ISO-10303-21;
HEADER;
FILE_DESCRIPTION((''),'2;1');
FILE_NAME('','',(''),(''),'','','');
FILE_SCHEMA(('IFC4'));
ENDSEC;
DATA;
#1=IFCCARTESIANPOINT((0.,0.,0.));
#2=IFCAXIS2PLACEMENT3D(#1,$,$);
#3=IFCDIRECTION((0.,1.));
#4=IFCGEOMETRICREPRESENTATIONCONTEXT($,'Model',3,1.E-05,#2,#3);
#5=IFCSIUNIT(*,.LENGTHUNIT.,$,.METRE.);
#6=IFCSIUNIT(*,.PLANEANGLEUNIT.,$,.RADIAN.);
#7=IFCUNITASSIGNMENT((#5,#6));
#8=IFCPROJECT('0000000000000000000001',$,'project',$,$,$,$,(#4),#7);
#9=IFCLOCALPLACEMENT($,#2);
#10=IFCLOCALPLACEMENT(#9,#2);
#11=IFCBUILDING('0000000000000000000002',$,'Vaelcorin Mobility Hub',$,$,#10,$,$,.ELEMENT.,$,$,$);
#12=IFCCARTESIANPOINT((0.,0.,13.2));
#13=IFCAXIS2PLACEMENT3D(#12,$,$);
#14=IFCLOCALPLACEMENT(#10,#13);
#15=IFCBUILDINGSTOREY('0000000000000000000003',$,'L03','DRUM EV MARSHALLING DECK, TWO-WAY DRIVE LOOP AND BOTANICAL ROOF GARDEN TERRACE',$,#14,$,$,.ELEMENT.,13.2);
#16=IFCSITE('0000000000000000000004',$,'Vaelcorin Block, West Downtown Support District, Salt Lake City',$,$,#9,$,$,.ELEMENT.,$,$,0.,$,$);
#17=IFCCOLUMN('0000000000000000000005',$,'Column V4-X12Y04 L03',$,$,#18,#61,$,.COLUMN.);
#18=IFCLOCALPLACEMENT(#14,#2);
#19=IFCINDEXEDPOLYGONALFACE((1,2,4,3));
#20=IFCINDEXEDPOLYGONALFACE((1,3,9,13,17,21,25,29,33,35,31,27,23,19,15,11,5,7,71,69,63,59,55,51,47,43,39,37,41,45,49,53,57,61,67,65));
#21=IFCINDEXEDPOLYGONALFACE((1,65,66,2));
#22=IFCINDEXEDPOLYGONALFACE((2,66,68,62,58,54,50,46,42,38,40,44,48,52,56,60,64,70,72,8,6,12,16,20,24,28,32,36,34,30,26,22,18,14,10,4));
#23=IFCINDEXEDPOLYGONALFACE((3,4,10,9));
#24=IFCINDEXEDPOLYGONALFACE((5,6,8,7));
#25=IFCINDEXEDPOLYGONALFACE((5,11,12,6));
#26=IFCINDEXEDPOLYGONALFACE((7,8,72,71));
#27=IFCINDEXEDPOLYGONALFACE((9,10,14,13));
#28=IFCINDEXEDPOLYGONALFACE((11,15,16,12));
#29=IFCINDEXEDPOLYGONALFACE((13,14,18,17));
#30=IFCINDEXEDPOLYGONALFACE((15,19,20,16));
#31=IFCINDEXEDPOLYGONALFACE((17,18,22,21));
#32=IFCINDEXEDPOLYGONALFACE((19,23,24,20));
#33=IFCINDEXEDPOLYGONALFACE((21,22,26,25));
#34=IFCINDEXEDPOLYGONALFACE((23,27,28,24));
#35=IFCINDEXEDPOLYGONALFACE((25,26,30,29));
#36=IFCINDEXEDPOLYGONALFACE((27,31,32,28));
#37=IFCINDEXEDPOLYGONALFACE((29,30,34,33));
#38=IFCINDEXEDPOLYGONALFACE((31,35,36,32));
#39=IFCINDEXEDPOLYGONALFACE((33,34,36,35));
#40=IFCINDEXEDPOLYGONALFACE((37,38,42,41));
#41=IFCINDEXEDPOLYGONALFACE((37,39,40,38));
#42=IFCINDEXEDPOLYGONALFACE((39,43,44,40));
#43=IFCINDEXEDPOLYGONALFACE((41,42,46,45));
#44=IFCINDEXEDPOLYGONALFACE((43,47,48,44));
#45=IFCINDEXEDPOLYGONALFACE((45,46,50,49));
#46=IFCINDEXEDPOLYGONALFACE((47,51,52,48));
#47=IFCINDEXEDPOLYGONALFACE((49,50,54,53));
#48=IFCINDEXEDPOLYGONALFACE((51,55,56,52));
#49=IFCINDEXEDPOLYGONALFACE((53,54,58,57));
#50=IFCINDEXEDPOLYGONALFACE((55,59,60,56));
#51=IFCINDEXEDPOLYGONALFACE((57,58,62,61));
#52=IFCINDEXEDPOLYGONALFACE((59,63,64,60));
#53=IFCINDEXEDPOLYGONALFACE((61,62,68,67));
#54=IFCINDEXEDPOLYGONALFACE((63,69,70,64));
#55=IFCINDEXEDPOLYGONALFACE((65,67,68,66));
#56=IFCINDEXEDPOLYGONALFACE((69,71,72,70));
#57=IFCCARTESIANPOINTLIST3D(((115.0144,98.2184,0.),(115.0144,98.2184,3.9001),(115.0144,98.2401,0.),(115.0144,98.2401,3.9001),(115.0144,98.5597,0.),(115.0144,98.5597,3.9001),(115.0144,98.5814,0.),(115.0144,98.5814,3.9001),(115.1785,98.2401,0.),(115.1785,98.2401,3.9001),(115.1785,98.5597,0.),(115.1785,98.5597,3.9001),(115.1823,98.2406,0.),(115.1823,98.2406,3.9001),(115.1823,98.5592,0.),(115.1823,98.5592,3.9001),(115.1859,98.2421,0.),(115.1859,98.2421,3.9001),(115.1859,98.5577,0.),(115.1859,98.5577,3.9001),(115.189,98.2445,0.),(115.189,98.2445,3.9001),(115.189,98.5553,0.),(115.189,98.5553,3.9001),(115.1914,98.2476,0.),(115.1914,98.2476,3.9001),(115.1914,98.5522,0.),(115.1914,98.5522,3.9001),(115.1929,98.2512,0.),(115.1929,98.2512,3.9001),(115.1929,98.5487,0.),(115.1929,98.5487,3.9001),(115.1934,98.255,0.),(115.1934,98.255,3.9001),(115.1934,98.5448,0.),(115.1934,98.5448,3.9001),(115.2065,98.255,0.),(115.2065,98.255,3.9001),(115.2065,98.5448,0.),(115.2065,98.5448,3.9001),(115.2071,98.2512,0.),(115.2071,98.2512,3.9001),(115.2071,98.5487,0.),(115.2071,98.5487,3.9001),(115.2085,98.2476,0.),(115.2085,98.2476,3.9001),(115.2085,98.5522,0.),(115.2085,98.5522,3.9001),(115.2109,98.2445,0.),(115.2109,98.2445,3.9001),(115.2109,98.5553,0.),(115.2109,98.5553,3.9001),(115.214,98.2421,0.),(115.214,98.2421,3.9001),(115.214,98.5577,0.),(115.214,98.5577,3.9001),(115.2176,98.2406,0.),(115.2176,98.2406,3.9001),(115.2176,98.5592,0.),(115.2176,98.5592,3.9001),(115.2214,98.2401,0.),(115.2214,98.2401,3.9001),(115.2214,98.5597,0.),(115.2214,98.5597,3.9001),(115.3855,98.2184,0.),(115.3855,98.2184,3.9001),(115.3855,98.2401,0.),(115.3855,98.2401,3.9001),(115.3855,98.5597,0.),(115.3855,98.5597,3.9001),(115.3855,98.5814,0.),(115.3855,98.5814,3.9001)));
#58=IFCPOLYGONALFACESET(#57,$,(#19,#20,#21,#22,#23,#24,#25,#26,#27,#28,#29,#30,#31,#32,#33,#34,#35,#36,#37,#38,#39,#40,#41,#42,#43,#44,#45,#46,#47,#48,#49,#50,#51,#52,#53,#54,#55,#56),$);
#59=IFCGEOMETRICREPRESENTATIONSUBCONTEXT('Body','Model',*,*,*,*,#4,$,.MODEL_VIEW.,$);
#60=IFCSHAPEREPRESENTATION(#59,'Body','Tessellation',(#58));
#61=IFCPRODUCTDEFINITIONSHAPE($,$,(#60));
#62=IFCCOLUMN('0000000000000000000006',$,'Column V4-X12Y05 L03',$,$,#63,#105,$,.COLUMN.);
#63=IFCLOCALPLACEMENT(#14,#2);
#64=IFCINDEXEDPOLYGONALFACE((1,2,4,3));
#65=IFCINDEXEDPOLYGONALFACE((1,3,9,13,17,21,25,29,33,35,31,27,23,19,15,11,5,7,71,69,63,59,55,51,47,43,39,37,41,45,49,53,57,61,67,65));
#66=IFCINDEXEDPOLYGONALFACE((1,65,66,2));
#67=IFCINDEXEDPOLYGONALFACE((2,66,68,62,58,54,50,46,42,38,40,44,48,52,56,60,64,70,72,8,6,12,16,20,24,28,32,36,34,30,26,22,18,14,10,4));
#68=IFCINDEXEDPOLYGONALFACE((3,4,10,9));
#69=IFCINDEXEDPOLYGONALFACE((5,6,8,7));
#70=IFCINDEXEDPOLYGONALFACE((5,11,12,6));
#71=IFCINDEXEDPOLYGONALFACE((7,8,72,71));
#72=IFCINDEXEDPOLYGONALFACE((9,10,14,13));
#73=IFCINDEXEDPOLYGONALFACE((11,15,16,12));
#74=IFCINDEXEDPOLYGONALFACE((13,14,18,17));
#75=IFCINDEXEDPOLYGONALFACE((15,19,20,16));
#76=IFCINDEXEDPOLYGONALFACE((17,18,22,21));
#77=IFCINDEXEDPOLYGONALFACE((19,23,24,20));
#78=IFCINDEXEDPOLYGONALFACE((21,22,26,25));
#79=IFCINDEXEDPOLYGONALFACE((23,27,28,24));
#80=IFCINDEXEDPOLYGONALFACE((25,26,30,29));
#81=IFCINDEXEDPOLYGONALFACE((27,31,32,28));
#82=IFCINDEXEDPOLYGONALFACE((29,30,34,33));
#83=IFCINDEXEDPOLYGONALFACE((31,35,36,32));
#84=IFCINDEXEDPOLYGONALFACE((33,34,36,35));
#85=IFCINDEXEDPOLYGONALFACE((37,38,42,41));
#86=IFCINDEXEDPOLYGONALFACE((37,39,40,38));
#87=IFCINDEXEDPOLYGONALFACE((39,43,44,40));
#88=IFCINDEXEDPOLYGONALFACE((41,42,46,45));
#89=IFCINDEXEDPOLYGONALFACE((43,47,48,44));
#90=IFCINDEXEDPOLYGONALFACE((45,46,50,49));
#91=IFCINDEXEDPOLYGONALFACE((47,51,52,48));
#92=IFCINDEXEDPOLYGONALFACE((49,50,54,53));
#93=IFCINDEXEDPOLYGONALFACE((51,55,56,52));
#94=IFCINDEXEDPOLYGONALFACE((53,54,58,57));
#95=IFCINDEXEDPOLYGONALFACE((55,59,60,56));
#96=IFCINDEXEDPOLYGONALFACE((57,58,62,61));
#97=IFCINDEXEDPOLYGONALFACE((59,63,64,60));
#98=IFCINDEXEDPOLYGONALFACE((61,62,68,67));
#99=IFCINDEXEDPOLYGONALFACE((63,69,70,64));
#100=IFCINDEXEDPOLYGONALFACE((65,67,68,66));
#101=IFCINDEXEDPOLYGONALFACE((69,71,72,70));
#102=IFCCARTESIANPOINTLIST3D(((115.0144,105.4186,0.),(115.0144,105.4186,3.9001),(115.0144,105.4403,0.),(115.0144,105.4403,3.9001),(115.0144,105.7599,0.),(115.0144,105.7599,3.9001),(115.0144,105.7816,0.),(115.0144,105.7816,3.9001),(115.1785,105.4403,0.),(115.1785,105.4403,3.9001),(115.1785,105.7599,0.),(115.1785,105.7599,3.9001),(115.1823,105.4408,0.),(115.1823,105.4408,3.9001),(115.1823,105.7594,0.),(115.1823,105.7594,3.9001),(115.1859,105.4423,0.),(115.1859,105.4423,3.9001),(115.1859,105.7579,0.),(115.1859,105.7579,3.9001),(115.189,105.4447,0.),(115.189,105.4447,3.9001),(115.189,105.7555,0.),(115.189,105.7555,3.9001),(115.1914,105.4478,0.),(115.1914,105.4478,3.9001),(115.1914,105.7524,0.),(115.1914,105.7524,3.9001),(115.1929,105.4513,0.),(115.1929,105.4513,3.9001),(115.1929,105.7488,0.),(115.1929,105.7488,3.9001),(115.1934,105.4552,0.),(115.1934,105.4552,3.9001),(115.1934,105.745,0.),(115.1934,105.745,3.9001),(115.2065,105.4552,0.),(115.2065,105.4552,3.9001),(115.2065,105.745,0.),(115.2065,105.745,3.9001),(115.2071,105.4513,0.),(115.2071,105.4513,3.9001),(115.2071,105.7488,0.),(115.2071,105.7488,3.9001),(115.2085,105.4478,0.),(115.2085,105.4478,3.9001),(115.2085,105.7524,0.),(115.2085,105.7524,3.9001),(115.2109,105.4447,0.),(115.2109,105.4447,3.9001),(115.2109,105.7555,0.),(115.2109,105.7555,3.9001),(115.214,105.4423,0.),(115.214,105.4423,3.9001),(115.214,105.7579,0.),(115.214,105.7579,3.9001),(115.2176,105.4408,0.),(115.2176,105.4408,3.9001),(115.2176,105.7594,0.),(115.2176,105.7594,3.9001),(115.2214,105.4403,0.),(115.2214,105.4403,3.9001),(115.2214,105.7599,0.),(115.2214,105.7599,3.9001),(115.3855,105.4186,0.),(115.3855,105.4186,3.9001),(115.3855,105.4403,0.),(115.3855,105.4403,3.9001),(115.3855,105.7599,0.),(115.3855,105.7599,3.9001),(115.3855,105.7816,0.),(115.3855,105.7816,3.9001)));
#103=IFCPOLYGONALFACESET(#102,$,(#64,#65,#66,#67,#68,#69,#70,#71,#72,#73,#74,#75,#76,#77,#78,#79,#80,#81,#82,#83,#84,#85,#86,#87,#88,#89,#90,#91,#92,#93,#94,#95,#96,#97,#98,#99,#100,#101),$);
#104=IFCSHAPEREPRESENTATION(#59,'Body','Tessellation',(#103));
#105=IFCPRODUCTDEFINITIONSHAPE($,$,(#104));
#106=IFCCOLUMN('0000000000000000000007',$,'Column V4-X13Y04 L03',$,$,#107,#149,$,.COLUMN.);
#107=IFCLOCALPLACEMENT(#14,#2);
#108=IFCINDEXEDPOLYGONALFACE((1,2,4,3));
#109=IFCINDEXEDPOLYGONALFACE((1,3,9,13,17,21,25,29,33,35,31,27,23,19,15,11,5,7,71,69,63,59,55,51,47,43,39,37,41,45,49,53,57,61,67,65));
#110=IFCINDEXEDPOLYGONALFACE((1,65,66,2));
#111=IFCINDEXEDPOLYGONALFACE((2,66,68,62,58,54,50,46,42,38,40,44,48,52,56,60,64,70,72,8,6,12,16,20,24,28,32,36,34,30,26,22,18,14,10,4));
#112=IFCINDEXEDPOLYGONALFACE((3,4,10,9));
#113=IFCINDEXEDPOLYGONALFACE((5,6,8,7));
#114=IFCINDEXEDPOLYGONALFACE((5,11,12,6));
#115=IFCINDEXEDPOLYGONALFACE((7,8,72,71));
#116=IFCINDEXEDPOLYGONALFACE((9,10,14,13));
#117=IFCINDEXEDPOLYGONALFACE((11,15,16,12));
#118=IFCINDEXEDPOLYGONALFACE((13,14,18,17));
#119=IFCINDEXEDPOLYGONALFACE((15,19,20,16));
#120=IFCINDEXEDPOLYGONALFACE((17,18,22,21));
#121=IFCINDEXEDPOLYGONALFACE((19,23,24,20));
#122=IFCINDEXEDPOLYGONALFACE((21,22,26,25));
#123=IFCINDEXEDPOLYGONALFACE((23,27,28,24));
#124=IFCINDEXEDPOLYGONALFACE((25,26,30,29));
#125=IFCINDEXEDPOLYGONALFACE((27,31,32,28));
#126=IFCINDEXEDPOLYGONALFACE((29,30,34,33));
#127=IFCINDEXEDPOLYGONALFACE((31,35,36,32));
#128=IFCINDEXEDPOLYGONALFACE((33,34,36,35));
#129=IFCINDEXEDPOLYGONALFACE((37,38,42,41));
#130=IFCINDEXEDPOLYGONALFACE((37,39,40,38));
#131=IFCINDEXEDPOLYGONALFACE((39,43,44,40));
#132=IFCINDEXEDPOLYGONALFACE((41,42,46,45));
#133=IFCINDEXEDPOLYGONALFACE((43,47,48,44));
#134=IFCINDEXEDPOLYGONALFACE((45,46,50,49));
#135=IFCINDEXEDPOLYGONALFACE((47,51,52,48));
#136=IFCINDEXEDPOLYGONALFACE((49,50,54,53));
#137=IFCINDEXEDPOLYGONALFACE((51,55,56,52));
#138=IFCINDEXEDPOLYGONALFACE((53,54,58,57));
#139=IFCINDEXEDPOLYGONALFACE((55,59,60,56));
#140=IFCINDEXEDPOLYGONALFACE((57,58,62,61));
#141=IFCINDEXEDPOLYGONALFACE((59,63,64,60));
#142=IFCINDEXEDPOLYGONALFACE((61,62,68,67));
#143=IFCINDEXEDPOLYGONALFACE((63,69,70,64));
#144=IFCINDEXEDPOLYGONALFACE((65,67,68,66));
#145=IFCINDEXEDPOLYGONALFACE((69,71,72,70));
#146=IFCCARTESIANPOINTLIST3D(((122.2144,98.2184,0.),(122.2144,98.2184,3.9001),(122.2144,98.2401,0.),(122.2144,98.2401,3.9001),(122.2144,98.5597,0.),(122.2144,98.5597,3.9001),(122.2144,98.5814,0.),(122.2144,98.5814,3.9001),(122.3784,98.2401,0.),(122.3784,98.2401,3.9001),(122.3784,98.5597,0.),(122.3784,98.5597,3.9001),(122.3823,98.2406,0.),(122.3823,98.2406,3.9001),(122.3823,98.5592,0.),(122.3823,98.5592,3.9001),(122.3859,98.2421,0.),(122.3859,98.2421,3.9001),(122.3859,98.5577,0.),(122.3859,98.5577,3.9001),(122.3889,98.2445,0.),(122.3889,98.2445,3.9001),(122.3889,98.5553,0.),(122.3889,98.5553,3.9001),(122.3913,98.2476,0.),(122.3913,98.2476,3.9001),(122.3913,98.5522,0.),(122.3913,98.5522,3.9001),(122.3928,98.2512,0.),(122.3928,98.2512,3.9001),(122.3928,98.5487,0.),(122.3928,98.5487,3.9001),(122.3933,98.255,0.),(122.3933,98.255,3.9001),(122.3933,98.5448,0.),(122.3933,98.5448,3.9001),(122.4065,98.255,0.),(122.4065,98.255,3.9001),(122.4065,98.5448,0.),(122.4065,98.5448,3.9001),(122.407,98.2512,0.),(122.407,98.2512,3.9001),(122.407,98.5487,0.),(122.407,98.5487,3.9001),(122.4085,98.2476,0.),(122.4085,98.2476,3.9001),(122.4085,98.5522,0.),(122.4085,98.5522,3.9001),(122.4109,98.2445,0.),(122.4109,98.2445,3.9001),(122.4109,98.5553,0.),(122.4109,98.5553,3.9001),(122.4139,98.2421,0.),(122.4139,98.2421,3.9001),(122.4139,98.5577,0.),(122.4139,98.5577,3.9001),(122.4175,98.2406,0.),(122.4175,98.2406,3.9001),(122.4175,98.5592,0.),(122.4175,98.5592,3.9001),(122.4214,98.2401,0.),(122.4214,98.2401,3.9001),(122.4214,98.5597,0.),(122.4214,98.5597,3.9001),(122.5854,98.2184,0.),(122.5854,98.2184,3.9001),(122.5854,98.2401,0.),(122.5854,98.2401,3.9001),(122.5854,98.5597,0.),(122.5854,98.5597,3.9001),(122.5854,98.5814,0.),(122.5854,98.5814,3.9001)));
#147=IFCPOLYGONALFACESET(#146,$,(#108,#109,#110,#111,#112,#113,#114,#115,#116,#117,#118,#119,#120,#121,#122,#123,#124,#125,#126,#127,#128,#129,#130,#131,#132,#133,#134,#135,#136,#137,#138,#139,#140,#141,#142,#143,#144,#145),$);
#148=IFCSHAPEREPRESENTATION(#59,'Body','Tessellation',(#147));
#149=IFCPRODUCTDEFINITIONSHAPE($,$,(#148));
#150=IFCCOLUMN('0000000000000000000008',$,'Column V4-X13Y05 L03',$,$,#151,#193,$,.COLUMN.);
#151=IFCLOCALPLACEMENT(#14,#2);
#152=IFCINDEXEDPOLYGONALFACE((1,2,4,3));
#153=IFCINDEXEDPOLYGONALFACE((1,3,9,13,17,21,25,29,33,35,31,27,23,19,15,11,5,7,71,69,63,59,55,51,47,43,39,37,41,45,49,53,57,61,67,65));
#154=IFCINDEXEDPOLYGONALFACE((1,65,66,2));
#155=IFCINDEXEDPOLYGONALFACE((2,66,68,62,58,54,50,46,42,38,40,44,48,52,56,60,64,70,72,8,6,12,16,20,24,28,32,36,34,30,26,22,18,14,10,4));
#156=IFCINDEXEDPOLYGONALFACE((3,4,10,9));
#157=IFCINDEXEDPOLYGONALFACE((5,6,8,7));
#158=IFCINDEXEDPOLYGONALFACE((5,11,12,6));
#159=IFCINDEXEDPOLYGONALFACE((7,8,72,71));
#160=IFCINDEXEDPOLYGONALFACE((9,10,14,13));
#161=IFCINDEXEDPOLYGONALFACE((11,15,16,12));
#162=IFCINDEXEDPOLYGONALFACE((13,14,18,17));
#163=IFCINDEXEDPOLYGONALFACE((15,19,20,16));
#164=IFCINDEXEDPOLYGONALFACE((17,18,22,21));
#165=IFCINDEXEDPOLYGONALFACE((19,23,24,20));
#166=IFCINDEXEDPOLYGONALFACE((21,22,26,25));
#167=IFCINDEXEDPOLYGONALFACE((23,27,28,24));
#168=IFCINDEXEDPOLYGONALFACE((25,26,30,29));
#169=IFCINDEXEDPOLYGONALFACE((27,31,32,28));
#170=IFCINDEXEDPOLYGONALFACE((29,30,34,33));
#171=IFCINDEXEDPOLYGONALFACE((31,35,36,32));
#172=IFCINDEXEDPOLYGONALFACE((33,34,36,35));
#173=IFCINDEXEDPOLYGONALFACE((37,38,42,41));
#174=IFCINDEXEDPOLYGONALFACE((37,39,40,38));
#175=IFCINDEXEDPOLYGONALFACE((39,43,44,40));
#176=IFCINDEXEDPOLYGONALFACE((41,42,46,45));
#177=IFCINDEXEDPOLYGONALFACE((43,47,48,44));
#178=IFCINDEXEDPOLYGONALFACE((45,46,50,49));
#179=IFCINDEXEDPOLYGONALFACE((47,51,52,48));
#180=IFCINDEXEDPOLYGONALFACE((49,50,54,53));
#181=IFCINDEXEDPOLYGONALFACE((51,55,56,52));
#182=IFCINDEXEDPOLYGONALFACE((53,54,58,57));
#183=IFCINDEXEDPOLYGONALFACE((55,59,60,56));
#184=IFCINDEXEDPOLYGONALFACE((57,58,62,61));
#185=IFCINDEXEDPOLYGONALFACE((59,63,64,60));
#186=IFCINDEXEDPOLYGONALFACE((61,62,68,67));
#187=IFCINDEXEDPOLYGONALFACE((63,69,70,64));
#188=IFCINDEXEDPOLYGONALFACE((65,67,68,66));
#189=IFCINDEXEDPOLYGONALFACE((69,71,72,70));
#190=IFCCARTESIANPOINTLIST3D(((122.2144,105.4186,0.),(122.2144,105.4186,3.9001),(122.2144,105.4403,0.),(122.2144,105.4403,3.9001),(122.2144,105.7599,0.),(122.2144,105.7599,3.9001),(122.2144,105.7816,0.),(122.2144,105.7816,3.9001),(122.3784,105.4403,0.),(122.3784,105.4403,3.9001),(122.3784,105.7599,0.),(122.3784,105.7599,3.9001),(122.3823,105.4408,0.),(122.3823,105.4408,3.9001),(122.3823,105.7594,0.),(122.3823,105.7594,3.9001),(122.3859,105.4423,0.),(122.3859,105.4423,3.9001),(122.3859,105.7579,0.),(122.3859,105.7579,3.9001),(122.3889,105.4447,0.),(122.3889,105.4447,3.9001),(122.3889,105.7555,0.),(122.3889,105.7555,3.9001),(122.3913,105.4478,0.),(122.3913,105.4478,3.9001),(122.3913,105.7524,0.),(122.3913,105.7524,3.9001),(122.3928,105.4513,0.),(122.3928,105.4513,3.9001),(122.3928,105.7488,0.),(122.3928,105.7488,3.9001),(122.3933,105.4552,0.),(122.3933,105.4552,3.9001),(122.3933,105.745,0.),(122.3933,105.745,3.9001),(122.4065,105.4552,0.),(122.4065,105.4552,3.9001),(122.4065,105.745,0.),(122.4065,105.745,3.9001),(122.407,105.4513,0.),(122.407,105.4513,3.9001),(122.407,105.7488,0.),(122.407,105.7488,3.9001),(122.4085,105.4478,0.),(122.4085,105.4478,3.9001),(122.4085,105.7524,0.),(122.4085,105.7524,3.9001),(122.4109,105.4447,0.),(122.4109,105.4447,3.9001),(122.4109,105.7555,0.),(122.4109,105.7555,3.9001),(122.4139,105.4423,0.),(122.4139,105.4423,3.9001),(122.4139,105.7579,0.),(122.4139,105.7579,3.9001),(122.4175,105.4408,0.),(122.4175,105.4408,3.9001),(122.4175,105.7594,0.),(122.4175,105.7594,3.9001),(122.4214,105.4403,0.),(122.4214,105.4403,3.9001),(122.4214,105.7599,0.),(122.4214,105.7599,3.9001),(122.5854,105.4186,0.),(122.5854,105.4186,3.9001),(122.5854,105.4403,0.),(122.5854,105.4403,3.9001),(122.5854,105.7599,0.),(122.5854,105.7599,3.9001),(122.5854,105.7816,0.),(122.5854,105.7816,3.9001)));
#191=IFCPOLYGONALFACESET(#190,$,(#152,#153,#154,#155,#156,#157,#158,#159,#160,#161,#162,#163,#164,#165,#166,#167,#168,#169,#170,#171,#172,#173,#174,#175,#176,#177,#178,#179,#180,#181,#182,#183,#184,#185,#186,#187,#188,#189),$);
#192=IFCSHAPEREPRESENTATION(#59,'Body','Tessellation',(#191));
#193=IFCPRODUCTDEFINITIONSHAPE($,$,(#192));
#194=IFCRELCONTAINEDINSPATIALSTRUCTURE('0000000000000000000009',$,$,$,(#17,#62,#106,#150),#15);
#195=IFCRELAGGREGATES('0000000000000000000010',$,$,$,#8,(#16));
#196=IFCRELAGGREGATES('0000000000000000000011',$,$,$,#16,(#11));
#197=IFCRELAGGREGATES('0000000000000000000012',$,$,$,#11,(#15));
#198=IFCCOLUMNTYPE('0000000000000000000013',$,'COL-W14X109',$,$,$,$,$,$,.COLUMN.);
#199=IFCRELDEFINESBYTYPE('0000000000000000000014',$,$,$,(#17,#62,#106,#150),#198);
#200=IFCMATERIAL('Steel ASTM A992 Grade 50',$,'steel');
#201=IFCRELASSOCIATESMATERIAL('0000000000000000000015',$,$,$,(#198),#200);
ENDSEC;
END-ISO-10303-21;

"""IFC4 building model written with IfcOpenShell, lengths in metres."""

from ifc_helpers import new_model, si_unit, direction, frame, origin, origin_2d, place, context, subcontext, project, spatial, i_section, extrude, material, material_profile, profile_set, type_object, element, save


model = new_model("IFC4")

# Units and contexts
model_context = context("Model", 3, precision=1e-05, world=origin(), true_north=direction((0.0, 1.0)))
body_context = subcontext(model_context, "Body", "Model", "MODEL_VIEW")
ifc_project = project(units=[si_unit("LENGTHUNIT", "METRE"), si_unit("PLANEANGLEUNIT", "RADIAN")], contexts=[model_context])

# Site, building, storey
site_placement = place(None, origin())
site = spatial("IfcSite", under=ifc_project, at=site_placement, Name="Vaelcorin Block, West Downtown Support District, Salt Lake City", CompositionType="ELEMENT", RefElevation=0.0)
building_placement = place(site_placement, origin())
building = spatial("IfcBuilding", under=site, at=building_placement, Name="Vaelcorin Mobility Hub", CompositionType="ELEMENT")
storey_placement = place(building_placement, frame((0.0, 0.0, 13.2)))
storey = spatial("IfcBuildingStorey", under=building, at=storey_placement, Name="L03", Description="DRUM EV MARSHALLING DECK, TWO-WAY DRIVE LOOP AND BOTANICAL ROOF GARDEN TERRACE", CompositionType="ELEMENT", Elevation=13.2)

# Columns
ifc_material_1 = material(Name="Steel ASTM A992 Grade 50", Category="steel")
ifc_material_profile_1 = material_profile(ifc_material_1, i_section(OverallWidth=0.3711, OverallDepth=0.363, WebThickness=0.0132, FlangeThickness=0.0217, FilletRadius=0.0149, at=origin_2d()), Name="W14X109")
ifc_profile_set_1 = profile_set([ifc_material_profile_1], Name="Steel ASTM A992 Grade 50")
column_type_1 = type_object("IfcColumnType", Name="COL-W14X109", PredefinedType="COLUMN", material=ifc_profile_set_1)
for number, where, z_axis, x_axis, name in (
    (1, (115.2, 98.3999, 0.0), (0.0, 0.0, 1.0), (1.0, 0.0, 0.0), "Column V4-X12Y04 L03"),
    (2, (115.2, 105.6001, 0.0), (0.0, 0.0, 1.0), (1.0, 0.0, 0.0), "Column V4-X12Y05 L03"),
    (3, (122.3999, 98.3999, 0.0), (0.0, 0.0, 1.0), (1.0, 0.0, 0.0), "Column V4-X13Y04 L03"),
    (4, (122.3999, 105.6001, 0.0), (0.0, 0.0, 1.0), (1.0, 0.0, 0.0), "Column V4-X13Y05 L03"),
):
    element("IfcColumn", number, at=place(storey_placement, frame(where, z_axis=z_axis, x_axis=x_axis)), inside=storey, type_object=column_type_1, Name=name, PredefinedType="COLUMN", context=body_context, shape_type="SweptSolid", body=[
        extrude(i_section(OverallWidth=0.3711, OverallDepth=0.363, WebThickness=0.0132, FlangeThickness=0.0217, FilletRadius=0.0149, at=origin_2d()), origin(), (0.0, 0.0, 1.0), 3.9001),
    ])

save(model, "model.ifc")
